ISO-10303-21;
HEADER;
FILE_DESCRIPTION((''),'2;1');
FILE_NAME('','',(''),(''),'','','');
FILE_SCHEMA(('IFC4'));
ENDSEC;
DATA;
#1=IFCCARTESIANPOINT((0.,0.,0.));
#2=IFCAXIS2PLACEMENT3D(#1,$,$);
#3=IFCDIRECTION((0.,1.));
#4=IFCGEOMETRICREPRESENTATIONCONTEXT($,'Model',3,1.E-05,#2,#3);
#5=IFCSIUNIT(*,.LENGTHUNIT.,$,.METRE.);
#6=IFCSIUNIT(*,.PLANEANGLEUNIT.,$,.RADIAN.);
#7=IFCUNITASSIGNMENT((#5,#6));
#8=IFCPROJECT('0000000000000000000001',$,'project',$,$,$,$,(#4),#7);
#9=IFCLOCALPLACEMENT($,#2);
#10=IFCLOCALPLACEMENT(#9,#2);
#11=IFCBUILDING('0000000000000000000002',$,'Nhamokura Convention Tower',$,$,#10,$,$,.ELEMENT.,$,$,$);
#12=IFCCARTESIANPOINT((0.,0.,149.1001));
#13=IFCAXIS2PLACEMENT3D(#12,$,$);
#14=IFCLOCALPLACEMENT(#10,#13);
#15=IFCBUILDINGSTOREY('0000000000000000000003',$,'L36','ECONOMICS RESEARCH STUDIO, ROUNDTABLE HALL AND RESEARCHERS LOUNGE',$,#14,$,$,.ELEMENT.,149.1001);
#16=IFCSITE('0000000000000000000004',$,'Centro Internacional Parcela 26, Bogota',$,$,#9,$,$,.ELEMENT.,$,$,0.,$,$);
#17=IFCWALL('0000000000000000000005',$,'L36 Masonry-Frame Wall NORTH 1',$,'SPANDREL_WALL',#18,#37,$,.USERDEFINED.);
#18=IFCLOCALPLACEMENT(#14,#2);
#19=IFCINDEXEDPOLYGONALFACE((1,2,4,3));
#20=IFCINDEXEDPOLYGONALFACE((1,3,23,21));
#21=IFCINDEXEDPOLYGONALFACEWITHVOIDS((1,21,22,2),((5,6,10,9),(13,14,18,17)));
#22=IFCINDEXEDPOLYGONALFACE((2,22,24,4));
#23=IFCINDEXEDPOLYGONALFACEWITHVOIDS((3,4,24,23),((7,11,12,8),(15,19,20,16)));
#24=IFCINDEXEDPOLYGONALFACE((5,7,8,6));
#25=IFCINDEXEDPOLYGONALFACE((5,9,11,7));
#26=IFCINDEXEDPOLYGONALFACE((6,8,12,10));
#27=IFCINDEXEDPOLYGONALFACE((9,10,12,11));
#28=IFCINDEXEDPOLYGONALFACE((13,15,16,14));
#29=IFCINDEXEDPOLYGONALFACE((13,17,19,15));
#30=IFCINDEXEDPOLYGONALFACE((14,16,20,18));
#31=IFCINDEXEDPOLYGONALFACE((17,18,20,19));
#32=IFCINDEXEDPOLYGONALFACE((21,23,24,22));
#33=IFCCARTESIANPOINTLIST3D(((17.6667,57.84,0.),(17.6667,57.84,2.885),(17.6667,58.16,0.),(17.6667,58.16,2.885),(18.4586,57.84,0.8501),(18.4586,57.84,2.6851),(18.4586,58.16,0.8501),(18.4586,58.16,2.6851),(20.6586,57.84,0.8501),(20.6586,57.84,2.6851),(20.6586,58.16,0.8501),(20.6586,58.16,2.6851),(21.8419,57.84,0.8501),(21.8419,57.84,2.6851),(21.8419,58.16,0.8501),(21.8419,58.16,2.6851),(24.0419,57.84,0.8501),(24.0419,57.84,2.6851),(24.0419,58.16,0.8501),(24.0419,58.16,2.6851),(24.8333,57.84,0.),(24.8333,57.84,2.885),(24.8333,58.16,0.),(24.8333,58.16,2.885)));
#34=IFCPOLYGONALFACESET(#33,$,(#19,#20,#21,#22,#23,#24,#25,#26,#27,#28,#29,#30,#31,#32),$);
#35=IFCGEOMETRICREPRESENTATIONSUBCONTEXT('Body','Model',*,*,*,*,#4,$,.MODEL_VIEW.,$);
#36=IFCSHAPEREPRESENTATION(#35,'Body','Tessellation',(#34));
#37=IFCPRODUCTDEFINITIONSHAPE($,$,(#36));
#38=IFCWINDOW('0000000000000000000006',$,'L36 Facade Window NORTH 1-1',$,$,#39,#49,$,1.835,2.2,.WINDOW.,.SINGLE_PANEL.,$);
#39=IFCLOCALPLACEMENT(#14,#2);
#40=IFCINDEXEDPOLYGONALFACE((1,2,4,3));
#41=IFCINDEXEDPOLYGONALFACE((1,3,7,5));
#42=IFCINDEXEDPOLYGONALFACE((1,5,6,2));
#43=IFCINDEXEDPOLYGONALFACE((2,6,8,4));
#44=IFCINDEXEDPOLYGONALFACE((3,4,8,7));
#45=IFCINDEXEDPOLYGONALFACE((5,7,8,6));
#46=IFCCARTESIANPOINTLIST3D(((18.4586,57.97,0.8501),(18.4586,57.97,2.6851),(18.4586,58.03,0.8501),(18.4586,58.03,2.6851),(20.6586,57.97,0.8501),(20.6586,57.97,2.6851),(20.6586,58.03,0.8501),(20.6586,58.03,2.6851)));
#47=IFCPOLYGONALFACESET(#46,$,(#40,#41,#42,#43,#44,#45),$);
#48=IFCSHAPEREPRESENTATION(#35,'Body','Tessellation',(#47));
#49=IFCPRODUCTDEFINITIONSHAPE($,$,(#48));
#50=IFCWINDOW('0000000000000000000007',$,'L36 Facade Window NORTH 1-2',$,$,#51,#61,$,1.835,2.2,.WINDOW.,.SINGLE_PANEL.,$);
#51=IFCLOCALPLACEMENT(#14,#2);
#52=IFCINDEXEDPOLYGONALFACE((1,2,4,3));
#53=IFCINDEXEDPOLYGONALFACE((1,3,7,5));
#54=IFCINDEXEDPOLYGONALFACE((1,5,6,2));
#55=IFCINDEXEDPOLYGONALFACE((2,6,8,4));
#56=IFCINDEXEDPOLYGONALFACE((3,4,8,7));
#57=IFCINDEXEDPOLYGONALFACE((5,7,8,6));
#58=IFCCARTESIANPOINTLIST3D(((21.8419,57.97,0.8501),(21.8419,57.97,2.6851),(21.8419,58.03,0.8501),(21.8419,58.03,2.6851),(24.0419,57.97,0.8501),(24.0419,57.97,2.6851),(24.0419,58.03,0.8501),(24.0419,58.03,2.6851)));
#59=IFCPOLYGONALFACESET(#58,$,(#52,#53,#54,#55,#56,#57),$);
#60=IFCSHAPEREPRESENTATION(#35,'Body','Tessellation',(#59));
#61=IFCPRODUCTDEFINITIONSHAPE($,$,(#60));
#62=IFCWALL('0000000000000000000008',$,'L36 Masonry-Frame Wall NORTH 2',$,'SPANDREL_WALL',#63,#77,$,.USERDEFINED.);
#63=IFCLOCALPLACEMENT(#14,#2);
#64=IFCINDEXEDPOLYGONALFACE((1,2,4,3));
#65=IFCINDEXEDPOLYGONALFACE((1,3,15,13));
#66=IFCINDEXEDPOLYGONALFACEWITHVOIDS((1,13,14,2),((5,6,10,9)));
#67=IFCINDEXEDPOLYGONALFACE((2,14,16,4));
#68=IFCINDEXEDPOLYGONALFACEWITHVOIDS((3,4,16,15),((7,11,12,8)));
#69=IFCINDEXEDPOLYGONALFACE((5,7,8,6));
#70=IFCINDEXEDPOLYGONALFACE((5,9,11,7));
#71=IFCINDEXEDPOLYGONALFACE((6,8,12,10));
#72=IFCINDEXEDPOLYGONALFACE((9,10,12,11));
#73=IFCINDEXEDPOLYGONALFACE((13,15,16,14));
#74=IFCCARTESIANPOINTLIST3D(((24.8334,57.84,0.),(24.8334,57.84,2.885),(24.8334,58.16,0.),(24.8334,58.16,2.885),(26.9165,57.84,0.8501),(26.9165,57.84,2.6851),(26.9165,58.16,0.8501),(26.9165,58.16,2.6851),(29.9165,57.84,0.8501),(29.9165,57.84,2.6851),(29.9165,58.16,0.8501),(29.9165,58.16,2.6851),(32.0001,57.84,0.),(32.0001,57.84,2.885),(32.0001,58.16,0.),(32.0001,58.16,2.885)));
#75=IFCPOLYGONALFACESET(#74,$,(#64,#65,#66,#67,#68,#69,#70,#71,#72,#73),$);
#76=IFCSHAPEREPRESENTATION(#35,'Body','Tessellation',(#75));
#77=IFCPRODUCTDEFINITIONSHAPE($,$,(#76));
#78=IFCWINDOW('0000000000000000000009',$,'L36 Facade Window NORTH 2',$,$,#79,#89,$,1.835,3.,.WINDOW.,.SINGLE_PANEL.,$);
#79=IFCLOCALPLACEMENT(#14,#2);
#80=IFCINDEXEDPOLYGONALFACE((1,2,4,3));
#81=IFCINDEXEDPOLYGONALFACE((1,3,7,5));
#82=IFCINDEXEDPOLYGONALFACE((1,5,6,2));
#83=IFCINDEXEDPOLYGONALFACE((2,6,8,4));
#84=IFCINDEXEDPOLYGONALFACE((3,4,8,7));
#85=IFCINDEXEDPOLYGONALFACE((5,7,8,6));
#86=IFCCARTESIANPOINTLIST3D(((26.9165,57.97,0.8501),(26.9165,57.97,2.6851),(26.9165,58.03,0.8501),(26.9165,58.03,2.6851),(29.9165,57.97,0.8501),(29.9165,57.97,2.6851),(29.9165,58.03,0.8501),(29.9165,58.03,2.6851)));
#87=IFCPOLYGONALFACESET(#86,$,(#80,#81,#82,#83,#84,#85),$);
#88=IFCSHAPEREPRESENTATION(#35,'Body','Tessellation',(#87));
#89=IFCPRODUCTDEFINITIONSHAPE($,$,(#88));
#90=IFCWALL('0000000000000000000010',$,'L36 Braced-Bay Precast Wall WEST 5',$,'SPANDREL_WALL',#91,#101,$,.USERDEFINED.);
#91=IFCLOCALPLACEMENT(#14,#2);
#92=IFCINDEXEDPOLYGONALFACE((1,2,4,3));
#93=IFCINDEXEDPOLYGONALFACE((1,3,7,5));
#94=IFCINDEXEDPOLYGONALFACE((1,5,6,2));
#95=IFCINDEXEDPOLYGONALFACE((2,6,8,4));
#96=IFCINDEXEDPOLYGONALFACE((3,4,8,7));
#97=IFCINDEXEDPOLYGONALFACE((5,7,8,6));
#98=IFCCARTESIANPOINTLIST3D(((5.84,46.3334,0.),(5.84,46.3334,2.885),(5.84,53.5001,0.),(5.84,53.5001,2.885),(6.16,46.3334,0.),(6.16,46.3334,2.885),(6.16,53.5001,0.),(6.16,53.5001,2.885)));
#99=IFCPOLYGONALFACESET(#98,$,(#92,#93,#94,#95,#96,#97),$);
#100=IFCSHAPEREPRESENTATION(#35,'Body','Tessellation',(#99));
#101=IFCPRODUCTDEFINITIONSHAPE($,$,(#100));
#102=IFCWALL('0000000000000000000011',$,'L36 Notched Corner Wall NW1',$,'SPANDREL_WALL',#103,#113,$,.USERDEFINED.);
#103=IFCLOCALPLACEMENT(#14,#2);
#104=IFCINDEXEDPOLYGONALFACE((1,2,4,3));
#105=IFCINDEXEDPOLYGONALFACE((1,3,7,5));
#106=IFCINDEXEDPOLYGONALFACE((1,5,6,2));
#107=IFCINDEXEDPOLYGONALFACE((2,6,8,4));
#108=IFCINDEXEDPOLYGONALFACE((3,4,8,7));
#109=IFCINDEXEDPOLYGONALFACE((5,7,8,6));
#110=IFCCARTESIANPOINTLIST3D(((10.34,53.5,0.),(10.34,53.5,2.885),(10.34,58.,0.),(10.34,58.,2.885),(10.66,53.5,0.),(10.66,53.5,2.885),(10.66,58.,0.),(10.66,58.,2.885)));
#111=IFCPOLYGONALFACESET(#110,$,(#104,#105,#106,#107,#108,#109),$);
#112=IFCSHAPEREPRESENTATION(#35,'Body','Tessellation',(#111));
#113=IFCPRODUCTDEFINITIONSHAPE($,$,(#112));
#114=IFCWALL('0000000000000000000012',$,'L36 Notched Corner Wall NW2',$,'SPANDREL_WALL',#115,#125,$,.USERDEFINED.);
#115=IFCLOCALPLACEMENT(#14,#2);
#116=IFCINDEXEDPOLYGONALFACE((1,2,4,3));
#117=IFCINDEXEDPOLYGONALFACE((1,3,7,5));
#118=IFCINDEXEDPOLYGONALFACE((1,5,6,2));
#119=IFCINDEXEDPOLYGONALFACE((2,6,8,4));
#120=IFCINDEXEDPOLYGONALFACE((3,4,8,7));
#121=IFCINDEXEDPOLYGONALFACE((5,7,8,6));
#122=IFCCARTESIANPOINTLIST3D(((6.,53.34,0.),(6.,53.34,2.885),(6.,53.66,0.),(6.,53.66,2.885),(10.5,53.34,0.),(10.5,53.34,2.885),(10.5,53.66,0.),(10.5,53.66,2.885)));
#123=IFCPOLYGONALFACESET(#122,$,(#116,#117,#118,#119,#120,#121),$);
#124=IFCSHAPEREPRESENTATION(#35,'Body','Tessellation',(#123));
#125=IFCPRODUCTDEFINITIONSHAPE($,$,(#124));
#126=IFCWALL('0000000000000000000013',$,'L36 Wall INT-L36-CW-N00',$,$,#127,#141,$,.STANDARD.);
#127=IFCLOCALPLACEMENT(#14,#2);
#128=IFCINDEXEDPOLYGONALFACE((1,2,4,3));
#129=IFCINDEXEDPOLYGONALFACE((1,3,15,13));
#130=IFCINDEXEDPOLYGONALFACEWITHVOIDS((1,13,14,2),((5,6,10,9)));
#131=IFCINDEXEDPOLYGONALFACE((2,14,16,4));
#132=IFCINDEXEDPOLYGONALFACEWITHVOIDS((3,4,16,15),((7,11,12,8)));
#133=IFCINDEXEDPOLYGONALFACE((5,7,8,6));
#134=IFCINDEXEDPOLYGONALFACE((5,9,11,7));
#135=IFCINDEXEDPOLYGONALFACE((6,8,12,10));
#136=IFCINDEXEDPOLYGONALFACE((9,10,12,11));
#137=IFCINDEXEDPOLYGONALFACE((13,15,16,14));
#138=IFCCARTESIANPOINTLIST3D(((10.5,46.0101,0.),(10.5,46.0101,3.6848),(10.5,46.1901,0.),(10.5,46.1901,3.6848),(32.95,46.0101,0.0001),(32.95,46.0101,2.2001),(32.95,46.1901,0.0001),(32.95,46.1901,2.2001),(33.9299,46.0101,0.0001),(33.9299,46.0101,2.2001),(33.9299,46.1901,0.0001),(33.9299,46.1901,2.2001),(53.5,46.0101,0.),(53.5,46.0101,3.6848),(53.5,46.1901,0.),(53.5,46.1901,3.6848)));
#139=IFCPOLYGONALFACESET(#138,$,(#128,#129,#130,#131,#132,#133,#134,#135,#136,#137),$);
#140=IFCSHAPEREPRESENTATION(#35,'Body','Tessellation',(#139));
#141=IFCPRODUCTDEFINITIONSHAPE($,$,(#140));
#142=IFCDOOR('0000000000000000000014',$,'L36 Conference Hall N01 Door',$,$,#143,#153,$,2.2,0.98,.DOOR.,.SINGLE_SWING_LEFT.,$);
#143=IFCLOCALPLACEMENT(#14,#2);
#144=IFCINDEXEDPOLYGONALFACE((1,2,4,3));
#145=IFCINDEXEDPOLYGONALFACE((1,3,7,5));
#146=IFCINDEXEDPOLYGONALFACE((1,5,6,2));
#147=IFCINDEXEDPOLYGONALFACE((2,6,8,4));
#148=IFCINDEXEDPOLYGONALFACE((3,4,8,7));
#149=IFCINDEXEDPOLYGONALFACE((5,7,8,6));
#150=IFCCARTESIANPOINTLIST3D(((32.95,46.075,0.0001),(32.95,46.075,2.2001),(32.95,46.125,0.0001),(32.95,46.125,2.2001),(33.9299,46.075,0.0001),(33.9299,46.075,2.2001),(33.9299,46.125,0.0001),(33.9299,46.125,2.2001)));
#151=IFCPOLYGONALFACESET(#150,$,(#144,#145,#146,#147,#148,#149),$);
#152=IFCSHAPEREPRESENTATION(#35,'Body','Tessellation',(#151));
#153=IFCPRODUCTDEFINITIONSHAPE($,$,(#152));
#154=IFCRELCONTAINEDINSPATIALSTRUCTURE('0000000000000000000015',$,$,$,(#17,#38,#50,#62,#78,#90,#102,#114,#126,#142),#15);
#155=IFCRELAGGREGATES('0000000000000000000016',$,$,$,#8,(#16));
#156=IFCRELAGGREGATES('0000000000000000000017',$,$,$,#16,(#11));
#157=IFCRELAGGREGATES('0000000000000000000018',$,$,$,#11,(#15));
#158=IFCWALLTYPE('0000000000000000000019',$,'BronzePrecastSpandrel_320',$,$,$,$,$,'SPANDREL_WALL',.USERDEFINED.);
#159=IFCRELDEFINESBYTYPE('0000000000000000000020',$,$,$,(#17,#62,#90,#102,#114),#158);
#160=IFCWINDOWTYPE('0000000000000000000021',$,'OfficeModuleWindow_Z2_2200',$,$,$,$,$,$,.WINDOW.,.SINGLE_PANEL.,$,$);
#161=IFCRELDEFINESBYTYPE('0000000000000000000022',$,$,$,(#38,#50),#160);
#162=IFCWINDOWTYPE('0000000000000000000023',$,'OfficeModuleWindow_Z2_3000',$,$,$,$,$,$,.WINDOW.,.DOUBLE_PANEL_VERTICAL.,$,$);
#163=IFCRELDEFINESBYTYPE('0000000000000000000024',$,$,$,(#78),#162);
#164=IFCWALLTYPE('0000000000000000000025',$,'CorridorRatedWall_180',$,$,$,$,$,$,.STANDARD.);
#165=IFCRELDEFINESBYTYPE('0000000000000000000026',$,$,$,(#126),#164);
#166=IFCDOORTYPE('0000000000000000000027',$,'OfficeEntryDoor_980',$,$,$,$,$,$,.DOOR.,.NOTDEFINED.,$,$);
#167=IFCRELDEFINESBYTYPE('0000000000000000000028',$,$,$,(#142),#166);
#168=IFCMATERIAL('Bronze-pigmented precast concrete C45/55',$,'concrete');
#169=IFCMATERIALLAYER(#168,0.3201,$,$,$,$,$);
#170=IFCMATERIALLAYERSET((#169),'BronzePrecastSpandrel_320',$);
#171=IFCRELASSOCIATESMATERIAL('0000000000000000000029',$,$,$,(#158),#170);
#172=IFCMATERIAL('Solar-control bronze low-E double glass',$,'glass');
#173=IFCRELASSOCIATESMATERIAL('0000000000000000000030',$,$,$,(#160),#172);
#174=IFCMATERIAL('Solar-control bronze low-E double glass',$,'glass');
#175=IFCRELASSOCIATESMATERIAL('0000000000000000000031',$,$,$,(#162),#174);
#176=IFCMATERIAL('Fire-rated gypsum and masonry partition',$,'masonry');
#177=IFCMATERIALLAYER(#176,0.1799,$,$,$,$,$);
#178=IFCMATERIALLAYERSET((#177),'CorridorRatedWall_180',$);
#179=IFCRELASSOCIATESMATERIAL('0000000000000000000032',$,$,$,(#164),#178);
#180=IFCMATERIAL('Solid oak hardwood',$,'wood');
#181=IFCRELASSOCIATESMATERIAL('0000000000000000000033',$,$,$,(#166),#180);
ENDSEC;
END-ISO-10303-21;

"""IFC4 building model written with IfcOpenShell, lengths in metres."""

from ifc_helpers import new_model, si_unit, direction, frame, frame_2d, origin, place, context, subcontext, project, spatial, rectangle, extrude, material, layer, layer_set, type_object, element, fill, save


model = new_model("IFC4")

# Units and contexts
model_context = context("Model", 3, precision=1e-05, world=origin(), true_north=direction((0.0, 1.0)))
body_context = subcontext(model_context, "Body", "Model", "MODEL_VIEW")
ifc_project = project(units=[si_unit("LENGTHUNIT", "METRE"), si_unit("PLANEANGLEUNIT", "RADIAN")], contexts=[model_context])

# Site, building, storey
site_placement = place(None, origin())
site = spatial("IfcSite", under=ifc_project, at=site_placement, Name="Centro Internacional Parcela 26, Bogota", CompositionType="ELEMENT", RefElevation=0.0)
building_placement = place(site_placement, origin())
building = spatial("IfcBuilding", under=site, at=building_placement, Name="Nhamokura Convention Tower", CompositionType="ELEMENT")
storey_placement = place(building_placement, frame((0.0, 0.0, 149.1001)))
storey = spatial("IfcBuildingStorey", under=building, at=storey_placement, Name="L36", Description="ECONOMICS RESEARCH STUDIO, ROUNDTABLE HALL AND RESEARCHERS LOUNGE", CompositionType="ELEMENT", Elevation=149.1001)

# Shared definitions
ifc_material_1 = material(Name="Bronze-pigmented precast concrete C45/55", Category="concrete")
ifc_layer_1 = layer(ifc_material_1, 0.3201)
ifc_layer_set_1 = layer_set([ifc_layer_1], Name="BronzePrecastSpandrel_320")
wall_type_1 = type_object("IfcWallType", Name="BronzePrecastSpandrel_320", ElementType="SPANDREL_WALL", PredefinedType="USERDEFINED", material=ifc_layer_set_1)

# Wall, openings, windows
wall_1_placement = place(storey_placement, frame((17.6667, 58.0, 0.0), z_axis=(0.0, 0.0, 1.0), x_axis=(1.0, 0.0, 0.0)))
wall_1 = element("IfcWall", 1, at=wall_1_placement, inside=storey, type_object=wall_type_1, Name="L36 Masonry-Frame Wall NORTH 1", ObjectType="SPANDREL_WALL", PredefinedType="USERDEFINED", context=body_context, shape_type="SweptSolid", body=[
    extrude(rectangle(XDim=7.1665, YDim=0.3201, at=frame_2d((3.5833, 0.0))), origin(), (0.0, 0.0, 1.0), 2.885),
])
opening_1_placement = place(wall_1_placement, frame((0.7917, 0.0, 0.8501)))
opening_1 = element("IfcOpeningElement", 2, at=opening_1_placement, cuts=wall_1, PredefinedType="OPENING", context=body_context, shape_type="SweptSolid", body=[
    extrude(rectangle(XDim=2.2, YDim=1.835, at=frame_2d((1.1001, 0.9175))), frame((0.0, 0.1699, 0.0), z_axis=(0.0, -1.0, 0.0), x_axis=(1.0, 0.0, 0.0)), (0.0, 0.0, 1.0), 0.3401),
])
opening_2_placement = place(wall_1_placement, frame((4.175, 0.0, 0.8501)))
opening_2 = element("IfcOpeningElement", 3, at=opening_2_placement, cuts=wall_1, PredefinedType="OPENING", context=body_context, shape_type="SweptSolid", body=[
    extrude(rectangle(XDim=2.2, YDim=1.835, at=frame_2d((1.1001, 0.9175))), frame((0.0, 0.1699, 0.0), z_axis=(0.0, -1.0, 0.0), x_axis=(1.0, 0.0, 0.0)), (0.0, 0.0, 1.0), 0.3401),
])
ifc_material_2 = material(Name="Solar-control bronze low-E double glass", Category="glass")
window_type_1 = type_object("IfcWindowType", Name="OfficeModuleWindow_Z2_2200", PartitioningType="SINGLE_PANEL", PredefinedType="WINDOW", material=ifc_material_2)
window_1_placement = place(opening_1_placement, origin())
window_1 = element("IfcWindow", 4, at=window_1_placement, inside=storey, type_object=window_type_1, Name="L36 Facade Window NORTH 1-1", OverallHeight=1.835, OverallWidth=2.2, PartitioningType="SINGLE_PANEL", PredefinedType="WINDOW", context=body_context, shape_type="SweptSolid", body=[
    extrude(rectangle(XDim=2.2, YDim=1.835, at=frame_2d((1.1001, 0.9175))), frame((0.0, 0.03, 0.0), z_axis=(0.0, -1.0, 0.0), x_axis=(1.0, 0.0, 0.0)), (0.0, 0.0, 1.0), 0.0601),
])
fill(opening_1, window_1)
window_2_placement = place(opening_2_placement, origin())
window_2 = element("IfcWindow", 5, at=window_2_placement, inside=storey, type_object=window_type_1, Name="L36 Facade Window NORTH 1-2", OverallHeight=1.835, OverallWidth=2.2, PartitioningType="SINGLE_PANEL", PredefinedType="WINDOW", context=body_context, shape_type="SweptSolid", body=[
    extrude(rectangle(XDim=2.2, YDim=1.835, at=frame_2d((1.1001, 0.9175))), frame((0.0, 0.03, 0.0), z_axis=(0.0, -1.0, 0.0), x_axis=(1.0, 0.0, 0.0)), (0.0, 0.0, 1.0), 0.0601),
])
fill(opening_2, window_2)

# Wall, opening, window
wall_2_placement = place(storey_placement, frame((24.8333, 58.0, 0.0), z_axis=(0.0, 0.0, 1.0), x_axis=(1.0, 0.0, 0.0)))
wall_2 = element("IfcWall", 6, at=wall_2_placement, inside=storey, type_object=wall_type_1, Name="L36 Masonry-Frame Wall NORTH 2", ObjectType="SPANDREL_WALL", PredefinedType="USERDEFINED", context=body_context, shape_type="SweptSolid", body=[
    extrude(rectangle(XDim=7.1667, YDim=0.3201, at=frame_2d((3.5835, 0.0))), origin(), (0.0, 0.0, 1.0), 2.885),
])
opening_3_placement = place(wall_2_placement, frame((2.0833, 0.0, 0.8501)))
opening_3 = element("IfcOpeningElement", 7, at=opening_3_placement, cuts=wall_2, PredefinedType="OPENING", context=body_context, shape_type="SweptSolid", body=[
    extrude(rectangle(XDim=3.0, YDim=1.835, at=frame_2d((1.5, 0.9175))), frame((0.0, 0.1699, 0.0), z_axis=(0.0, -1.0, 0.0), x_axis=(1.0, 0.0, 0.0)), (0.0, 0.0, 1.0), 0.3401),
])
ifc_material_3 = material(Name="Solar-control bronze low-E double glass", Category="glass")
window_type_2 = type_object("IfcWindowType", Name="OfficeModuleWindow_Z2_3000", PartitioningType="DOUBLE_PANEL_VERTICAL", PredefinedType="WINDOW", material=ifc_material_3)
window_3_placement = place(opening_3_placement, origin())
window_3 = element("IfcWindow", 8, at=window_3_placement, inside=storey, type_object=window_type_2, Name="L36 Facade Window NORTH 2", OverallHeight=1.835, OverallWidth=3.0, PartitioningType="SINGLE_PANEL", PredefinedType="WINDOW", context=body_context, shape_type="SweptSolid", body=[
    extrude(rectangle(XDim=3.0, YDim=1.835, at=frame_2d((1.5, 0.9175))), frame((0.0, 0.03, 0.0), z_axis=(0.0, -1.0, 0.0), x_axis=(1.0, 0.0, 0.0)), (0.0, 0.0, 1.0), 0.0601),
])
fill(opening_3, window_3)

# Walls
wall_3_placement = place(storey_placement, frame((6.0, 46.3333, 0.0), z_axis=(0.0, 0.0, 1.0), x_axis=(0.0, 1.0, 0.0)))
element("IfcWall", 9, at=wall_3_placement, inside=storey, type_object=wall_type_1, Name="L36 Braced-Bay Precast Wall WEST 5", ObjectType="SPANDREL_WALL", PredefinedType="USERDEFINED", context=body_context, shape_type="SweptSolid", body=[
    extrude(rectangle(XDim=7.1667, YDim=0.3201, at=frame_2d((3.5835, 0.0))), origin(), (0.0, 0.0, 1.0), 2.885),
])
for number, where, z_axis, x_axis, name in (
    (10, (10.5, 53.5, 0.0), (0.0, 0.0, 1.0), (0.0, 1.0, 0.0), "L36 Notched Corner Wall NW1"),
    (11, (6.0, 53.5, 0.0), (0.0, 0.0, 1.0), (1.0, 0.0, 0.0), "L36 Notched Corner Wall NW2"),
):
    element("IfcWall", number, at=place(storey_placement, frame(where, z_axis=z_axis, x_axis=x_axis)), inside=storey, type_object=wall_type_1, Name=name, ObjectType="SPANDREL_WALL", PredefinedType="USERDEFINED", context=body_context, shape_type="SweptSolid", body=[
        extrude(rectangle(XDim=4.5, YDim=0.3201, at=frame_2d((2.25, 0.0))), origin(), (0.0, 0.0, 1.0), 2.885),
    ])

# Wall, opening, door
ifc_material_4 = material(Name="Fire-rated gypsum and masonry partition", Category="masonry")
ifc_layer_2 = layer(ifc_material_4, 0.1799)
ifc_layer_set_2 = layer_set([ifc_layer_2], Name="CorridorRatedWall_180")
wall_type_2 = type_object("IfcWallType", Name="CorridorRatedWall_180", PredefinedType="STANDARD", material=ifc_layer_set_2)
wall_4_placement = place(storey_placement, frame((10.5, 46.1001, 0.0), z_axis=(0.0, 0.0, 1.0), x_axis=(1.0, 0.0, 0.0)))
wall_4 = element("IfcWall", 12, at=wall_4_placement, inside=storey, type_object=wall_type_2, Name="L36 Wall INT-L36-CW-N00", PredefinedType="STANDARD", context=body_context, shape_type="SweptSolid", body=[
    extrude(rectangle(XDim=43.0, YDim=0.1799, at=frame_2d((21.5, 0.0))), origin(), (0.0, 0.0, 1.0), 3.6848),
])
opening_4_placement = place(wall_4_placement, frame((22.45, 0.0, 0.0)))
opening_4 = element("IfcOpeningElement", 13, at=opening_4_placement, cuts=wall_4, PredefinedType="OPENING", context=body_context, shape_type="SweptSolid", body=[
    extrude(rectangle(XDim=0.98, YDim=2.2, at=frame_2d((0.49, 1.1001))), frame((0.0, 0.0999, 0.0), z_axis=(0.0, -1.0, 0.0), x_axis=(1.0, 0.0, 0.0)), (0.0, 0.0, 1.0), 0.2),
])
ifc_material_5 = material(Name="Solid oak hardwood", Category="wood")
door_type = type_object("IfcDoorType", Name="OfficeEntryDoor_980", OperationType="NOTDEFINED", PredefinedType="DOOR", material=ifc_material_5)
door_placement = place(opening_4_placement, origin())
door = element("IfcDoor", 14, at=door_placement, inside=storey, type_object=door_type, Name="L36 Conference Hall N01 Door", OperationType="SINGLE_SWING_LEFT", OverallHeight=2.2, OverallWidth=0.98, PredefinedType="DOOR", context=body_context, shape_type="SweptSolid", body=[
    extrude(rectangle(XDim=0.98, YDim=2.2, at=frame_2d((0.49, 1.1001))), frame((0.0, 0.0249, 0.0), z_axis=(0.0, -1.0, 0.0), x_axis=(1.0, 0.0, 0.0)), (0.0, 0.0, 1.0), 0.05),
])
fill(opening_4, door)

save(model, "model.ifc")
